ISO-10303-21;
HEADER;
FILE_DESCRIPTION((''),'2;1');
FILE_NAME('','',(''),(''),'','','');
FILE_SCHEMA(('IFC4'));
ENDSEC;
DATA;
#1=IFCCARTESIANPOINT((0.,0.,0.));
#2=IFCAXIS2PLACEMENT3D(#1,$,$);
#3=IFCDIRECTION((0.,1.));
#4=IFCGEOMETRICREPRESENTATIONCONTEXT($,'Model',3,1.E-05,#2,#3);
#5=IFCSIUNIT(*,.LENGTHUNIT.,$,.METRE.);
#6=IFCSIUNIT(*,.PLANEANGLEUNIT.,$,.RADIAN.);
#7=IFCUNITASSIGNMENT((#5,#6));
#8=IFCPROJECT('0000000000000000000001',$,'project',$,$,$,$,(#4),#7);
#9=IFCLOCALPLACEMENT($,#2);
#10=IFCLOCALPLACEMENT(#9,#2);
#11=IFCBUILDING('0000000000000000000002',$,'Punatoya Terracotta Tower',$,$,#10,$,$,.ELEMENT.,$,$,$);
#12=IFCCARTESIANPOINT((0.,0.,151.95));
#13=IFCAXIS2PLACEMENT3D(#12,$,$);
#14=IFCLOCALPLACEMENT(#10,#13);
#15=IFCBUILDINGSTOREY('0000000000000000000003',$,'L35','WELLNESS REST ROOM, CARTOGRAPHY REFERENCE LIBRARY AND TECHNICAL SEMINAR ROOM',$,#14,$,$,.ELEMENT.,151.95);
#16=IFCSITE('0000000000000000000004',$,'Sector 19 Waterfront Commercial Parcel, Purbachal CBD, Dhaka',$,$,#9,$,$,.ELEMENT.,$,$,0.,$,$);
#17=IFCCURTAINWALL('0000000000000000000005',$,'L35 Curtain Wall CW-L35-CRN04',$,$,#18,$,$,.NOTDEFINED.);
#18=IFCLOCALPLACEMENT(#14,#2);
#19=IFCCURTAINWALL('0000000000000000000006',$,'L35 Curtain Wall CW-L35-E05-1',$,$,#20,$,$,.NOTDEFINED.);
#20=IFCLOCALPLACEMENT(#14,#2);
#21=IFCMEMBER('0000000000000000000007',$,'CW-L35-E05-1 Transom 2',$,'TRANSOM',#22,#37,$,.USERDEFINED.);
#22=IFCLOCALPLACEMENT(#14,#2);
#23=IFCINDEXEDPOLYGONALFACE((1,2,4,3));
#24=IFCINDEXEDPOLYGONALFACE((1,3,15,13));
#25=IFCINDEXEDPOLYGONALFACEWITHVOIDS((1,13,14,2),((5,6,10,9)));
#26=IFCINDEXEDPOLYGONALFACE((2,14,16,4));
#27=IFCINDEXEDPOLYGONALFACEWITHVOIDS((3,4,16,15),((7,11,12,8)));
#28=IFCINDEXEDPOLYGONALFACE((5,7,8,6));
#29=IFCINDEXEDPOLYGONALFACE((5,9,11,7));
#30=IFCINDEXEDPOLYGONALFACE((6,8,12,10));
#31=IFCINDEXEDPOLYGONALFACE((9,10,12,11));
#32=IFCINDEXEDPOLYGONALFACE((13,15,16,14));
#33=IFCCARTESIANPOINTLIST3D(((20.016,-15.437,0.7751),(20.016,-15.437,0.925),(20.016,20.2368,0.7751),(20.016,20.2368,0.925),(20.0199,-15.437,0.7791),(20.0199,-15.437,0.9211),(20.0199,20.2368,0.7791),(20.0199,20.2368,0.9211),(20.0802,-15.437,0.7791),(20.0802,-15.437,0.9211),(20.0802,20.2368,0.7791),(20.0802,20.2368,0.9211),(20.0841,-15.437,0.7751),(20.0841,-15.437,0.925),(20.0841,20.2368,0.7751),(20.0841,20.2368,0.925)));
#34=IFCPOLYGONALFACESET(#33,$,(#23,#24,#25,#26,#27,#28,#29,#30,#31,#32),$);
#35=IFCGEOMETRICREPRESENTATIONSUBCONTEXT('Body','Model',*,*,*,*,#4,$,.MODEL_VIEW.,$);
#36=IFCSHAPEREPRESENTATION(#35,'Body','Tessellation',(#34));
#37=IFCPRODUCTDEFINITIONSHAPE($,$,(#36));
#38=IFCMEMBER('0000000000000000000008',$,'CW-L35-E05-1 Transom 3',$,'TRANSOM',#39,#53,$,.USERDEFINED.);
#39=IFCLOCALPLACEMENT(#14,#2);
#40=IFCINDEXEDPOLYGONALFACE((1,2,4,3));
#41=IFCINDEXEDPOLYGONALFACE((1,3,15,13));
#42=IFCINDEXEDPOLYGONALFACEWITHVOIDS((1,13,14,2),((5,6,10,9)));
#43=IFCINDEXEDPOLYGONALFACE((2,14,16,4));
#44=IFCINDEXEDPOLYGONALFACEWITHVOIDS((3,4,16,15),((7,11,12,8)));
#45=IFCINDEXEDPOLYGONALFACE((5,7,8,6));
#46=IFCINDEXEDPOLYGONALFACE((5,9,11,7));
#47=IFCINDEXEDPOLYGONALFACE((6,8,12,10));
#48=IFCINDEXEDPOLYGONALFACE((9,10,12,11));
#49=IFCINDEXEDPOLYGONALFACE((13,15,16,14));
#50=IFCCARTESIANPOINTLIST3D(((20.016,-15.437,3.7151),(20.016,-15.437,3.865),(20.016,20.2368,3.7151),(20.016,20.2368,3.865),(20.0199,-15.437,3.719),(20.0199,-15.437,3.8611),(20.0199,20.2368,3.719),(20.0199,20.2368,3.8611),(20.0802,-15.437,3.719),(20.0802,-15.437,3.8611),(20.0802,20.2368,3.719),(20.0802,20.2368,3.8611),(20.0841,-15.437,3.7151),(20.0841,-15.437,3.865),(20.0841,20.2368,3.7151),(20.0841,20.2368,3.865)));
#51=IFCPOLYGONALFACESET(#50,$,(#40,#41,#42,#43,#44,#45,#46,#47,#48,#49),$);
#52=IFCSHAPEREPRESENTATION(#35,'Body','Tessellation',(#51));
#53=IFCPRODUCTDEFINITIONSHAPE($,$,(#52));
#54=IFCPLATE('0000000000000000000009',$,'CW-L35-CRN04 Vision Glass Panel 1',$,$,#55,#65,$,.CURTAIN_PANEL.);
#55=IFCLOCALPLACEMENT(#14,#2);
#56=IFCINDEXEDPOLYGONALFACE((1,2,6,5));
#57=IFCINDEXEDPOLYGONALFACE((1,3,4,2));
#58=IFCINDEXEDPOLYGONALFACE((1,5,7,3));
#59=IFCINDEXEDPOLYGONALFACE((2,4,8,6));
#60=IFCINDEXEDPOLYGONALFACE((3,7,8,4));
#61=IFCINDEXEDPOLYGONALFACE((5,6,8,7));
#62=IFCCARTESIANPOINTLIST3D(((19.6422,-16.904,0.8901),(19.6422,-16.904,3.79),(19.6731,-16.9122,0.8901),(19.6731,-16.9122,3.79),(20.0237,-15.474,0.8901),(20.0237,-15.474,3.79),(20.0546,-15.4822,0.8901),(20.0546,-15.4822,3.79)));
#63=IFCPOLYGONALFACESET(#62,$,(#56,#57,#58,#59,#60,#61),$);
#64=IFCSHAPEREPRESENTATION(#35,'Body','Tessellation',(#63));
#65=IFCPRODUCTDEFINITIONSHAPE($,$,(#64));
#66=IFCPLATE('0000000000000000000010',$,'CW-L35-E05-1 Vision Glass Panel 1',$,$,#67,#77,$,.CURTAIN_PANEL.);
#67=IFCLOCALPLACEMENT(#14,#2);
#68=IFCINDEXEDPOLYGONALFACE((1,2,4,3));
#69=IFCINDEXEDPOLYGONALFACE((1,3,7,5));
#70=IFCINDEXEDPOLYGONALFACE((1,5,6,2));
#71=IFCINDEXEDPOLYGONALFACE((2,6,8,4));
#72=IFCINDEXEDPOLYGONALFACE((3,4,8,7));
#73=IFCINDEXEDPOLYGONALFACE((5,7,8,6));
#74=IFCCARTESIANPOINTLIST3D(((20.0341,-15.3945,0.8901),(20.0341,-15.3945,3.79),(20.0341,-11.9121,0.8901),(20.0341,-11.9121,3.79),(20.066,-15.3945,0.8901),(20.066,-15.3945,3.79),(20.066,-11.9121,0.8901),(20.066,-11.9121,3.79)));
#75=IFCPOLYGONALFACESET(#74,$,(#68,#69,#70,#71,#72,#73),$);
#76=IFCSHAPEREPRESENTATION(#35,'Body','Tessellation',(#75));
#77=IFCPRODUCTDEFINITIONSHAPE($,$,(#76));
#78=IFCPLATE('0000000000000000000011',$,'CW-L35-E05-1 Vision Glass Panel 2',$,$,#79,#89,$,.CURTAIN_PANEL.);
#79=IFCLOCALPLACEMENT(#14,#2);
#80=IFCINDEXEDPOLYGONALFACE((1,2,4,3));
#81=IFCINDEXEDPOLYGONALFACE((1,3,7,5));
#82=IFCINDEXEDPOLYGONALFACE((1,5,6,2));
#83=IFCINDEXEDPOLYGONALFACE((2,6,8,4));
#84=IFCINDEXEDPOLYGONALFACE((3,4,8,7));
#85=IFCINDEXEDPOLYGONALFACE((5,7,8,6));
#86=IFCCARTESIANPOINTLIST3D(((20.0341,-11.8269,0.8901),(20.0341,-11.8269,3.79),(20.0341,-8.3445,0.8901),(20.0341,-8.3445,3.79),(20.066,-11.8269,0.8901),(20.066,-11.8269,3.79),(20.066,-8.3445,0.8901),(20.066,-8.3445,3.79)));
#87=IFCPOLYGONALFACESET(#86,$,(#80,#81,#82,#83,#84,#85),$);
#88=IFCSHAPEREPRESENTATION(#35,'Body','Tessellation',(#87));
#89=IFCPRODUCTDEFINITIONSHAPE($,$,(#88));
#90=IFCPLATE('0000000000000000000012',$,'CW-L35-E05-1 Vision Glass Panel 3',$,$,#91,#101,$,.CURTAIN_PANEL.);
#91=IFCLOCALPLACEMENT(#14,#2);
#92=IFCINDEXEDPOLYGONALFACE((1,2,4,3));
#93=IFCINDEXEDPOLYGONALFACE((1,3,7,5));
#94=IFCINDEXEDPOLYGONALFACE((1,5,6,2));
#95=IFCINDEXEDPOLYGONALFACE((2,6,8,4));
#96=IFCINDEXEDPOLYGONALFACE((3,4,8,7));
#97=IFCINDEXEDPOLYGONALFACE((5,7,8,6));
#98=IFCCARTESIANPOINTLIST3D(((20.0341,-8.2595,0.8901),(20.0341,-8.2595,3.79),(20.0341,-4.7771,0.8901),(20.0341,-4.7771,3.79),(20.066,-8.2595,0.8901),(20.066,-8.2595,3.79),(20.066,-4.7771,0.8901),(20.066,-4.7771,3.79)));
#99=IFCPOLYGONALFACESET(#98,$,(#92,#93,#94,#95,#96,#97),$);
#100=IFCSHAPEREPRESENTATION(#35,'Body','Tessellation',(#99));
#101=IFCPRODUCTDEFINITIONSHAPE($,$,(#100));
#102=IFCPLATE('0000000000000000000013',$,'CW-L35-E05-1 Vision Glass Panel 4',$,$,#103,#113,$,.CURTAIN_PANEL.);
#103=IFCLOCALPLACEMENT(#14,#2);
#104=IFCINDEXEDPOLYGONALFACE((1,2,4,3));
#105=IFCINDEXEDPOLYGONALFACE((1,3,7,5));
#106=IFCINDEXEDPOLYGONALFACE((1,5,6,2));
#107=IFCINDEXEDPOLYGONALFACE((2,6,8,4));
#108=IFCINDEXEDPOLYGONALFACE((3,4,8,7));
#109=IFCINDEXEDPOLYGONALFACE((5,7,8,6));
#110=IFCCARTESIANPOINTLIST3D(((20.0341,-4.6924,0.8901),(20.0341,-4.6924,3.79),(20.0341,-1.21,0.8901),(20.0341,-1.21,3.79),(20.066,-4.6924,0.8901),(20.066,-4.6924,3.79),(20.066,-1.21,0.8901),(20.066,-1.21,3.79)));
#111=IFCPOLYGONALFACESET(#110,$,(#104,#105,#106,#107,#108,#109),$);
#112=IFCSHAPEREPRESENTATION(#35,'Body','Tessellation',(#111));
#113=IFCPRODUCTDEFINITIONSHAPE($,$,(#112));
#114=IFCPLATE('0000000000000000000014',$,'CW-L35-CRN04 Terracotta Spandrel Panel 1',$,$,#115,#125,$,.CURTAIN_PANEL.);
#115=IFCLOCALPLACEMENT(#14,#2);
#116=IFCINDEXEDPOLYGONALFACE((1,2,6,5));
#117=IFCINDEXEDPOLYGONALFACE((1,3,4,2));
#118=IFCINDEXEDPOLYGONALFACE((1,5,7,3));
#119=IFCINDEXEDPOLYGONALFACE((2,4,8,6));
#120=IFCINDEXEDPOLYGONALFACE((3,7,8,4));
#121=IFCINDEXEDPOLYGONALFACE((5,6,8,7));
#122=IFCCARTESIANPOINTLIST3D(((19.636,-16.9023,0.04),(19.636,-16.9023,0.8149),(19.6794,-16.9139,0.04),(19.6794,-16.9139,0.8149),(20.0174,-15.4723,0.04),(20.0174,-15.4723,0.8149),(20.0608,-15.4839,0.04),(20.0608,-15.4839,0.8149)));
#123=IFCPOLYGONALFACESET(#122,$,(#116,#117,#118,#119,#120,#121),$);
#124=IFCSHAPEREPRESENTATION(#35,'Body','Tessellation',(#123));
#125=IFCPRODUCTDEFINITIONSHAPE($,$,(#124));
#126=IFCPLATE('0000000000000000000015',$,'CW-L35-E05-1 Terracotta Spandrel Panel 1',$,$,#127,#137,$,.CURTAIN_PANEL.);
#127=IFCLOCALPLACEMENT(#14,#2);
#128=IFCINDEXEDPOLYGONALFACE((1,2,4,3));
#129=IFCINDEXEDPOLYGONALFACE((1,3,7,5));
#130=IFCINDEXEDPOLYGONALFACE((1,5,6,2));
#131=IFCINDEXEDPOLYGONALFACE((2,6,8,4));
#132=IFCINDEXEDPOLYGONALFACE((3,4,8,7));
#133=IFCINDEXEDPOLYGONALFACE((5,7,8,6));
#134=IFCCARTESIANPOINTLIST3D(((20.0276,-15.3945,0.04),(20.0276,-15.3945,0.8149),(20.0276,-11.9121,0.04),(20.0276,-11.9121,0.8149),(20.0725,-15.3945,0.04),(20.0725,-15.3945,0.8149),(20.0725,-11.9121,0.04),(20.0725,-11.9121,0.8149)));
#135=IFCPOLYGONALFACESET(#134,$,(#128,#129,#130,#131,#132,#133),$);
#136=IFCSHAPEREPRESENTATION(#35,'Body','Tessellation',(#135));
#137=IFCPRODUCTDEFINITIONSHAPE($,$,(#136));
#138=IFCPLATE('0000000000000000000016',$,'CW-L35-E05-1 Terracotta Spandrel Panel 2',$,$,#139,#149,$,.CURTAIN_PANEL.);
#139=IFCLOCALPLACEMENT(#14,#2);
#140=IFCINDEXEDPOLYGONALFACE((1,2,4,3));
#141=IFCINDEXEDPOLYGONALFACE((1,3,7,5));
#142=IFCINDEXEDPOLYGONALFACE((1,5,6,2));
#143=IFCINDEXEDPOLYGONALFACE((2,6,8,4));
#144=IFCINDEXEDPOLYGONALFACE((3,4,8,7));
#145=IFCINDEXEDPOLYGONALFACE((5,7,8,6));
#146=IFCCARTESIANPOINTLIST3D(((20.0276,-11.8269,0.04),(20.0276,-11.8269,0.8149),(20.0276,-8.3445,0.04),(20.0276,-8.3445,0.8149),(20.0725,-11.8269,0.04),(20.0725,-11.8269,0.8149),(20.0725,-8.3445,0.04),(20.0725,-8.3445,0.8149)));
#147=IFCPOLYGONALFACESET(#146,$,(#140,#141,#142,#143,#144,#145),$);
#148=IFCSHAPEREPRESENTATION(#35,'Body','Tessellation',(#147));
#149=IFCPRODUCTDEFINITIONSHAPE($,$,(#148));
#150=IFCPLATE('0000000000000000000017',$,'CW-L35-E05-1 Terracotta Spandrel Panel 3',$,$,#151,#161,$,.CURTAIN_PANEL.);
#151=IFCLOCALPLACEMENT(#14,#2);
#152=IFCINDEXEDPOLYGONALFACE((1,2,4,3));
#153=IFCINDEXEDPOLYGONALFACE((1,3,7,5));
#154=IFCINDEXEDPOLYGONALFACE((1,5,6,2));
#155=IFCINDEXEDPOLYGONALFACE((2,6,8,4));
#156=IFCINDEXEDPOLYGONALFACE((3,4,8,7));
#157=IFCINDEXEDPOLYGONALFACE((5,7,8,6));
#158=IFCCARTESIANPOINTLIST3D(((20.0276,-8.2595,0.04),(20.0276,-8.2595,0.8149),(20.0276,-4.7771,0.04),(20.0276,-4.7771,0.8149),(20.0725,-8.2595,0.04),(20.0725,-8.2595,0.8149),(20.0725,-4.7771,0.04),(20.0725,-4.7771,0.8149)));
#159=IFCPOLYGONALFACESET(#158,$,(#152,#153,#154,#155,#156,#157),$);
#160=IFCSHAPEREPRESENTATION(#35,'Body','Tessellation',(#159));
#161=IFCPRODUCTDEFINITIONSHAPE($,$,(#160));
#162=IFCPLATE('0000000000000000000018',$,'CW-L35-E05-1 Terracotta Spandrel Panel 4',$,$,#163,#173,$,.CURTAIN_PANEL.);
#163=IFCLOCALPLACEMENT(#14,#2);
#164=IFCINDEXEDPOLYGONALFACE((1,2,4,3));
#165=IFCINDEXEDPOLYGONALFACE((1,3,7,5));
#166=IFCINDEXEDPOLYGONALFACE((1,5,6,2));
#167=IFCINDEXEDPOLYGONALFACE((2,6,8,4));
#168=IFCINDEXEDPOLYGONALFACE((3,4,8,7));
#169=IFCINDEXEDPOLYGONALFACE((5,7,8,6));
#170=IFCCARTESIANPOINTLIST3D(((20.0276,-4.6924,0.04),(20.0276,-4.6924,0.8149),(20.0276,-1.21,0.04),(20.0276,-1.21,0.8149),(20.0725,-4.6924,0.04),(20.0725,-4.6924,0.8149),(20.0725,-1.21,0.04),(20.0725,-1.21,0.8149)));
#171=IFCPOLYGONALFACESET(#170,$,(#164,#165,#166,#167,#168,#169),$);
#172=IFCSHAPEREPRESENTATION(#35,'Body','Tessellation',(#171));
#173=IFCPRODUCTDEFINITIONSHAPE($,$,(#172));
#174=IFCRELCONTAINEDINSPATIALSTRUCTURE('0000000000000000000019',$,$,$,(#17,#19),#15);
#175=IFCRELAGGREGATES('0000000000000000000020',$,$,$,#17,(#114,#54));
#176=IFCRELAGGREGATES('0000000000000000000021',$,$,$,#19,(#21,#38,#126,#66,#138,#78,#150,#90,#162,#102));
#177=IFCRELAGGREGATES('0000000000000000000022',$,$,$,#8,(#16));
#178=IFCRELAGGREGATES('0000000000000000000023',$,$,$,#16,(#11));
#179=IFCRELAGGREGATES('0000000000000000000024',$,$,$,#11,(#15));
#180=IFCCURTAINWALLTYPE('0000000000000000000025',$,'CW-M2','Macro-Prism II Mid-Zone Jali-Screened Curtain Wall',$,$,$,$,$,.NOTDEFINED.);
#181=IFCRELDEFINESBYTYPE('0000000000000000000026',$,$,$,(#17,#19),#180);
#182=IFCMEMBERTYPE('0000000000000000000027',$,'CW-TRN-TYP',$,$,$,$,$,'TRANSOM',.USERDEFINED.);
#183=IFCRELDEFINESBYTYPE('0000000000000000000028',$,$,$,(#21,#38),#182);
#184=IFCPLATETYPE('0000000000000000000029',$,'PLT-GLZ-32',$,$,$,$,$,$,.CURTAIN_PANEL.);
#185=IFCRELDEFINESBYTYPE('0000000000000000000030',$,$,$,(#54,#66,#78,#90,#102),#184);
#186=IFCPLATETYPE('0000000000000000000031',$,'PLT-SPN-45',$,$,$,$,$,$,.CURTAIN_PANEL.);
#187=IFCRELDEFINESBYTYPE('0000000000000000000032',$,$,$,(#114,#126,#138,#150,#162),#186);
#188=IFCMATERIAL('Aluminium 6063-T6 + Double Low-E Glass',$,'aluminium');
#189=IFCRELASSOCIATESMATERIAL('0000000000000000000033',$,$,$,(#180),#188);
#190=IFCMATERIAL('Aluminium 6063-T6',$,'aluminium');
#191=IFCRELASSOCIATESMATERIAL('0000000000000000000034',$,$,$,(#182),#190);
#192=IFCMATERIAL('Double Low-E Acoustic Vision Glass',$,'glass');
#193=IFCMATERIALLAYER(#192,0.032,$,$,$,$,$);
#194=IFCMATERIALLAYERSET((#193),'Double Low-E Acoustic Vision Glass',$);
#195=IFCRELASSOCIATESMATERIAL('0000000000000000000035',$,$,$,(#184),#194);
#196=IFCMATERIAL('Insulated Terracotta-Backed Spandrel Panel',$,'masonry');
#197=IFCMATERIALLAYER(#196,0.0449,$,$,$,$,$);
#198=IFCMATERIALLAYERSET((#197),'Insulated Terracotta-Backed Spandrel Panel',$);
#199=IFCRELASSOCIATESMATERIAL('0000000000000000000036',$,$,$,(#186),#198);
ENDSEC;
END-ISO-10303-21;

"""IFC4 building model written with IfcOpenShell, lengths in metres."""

from ifc_helpers import new_model, si_unit, direction, frame, origin, origin_2d, place, context, subcontext, project, spatial, rectangle, hollow_rectangle, extrude, material, layer, layer_set, material_profile, profile_set, type_object, element, aggregate, save


model = new_model("IFC4")

# Units and contexts
model_context = context("Model", 3, precision=1e-05, world=origin(), true_north=direction((0.0, 1.0)))
body_context = subcontext(model_context, "Body", "Model", "MODEL_VIEW")
ifc_project = project(units=[si_unit("LENGTHUNIT", "METRE"), si_unit("PLANEANGLEUNIT", "RADIAN")], contexts=[model_context])

# Site, building, storey
site_placement = place(None, origin())
site = spatial("IfcSite", under=ifc_project, at=site_placement, Name="Sector 19 Waterfront Commercial Parcel, Purbachal CBD, Dhaka", CompositionType="ELEMENT", RefElevation=0.0)
building_placement = place(site_placement, origin())
building = spatial("IfcBuilding", under=site, at=building_placement, Name="Punatoya Terracotta Tower", CompositionType="ELEMENT")
storey_placement = place(building_placement, frame((0.0, 0.0, 151.95)))
storey = spatial("IfcBuildingStorey", under=building, at=storey_placement, Name="L35", Description="WELLNESS REST ROOM, CARTOGRAPHY REFERENCE LIBRARY AND TECHNICAL SEMINAR ROOM", CompositionType="ELEMENT", Elevation=151.95)

# Curtain wall
ifc_material_1 = material(Name="Aluminium 6063-T6 + Double Low-E Glass", Category="aluminium")
curtain_wall_type = type_object("IfcCurtainWallType", Name="CW-M2", Description="Macro-Prism II Mid-Zone Jali-Screened Curtain Wall", PredefinedType="NOTDEFINED", material=ifc_material_1)
curtain_wall_1_placement = place(storey_placement, origin())
curtain_wall_1 = element("IfcCurtainWall", 1, at=curtain_wall_1_placement, inside=storey, type_object=curtain_wall_type, Name="L35 Curtain Wall CW-L35-CRN04", PredefinedType="NOTDEFINED")
ifc_material_2 = material(Name="Aluminium 6063-T6", Category="aluminium")

# Curtain wall, members
curtain_wall_2_placement = place(storey_placement, origin())
curtain_wall_2 = element("IfcCurtainWall", 2, at=curtain_wall_2_placement, inside=storey, type_object=curtain_wall_type, Name="L35 Curtain Wall CW-L35-E05-1", PredefinedType="NOTDEFINED")
ifc_material_profile_1 = material_profile(ifc_material_2, hollow_rectangle(XDim=0.0681, YDim=0.1499, WallThickness=0.0039, at=origin_2d()))
ifc_profile_set_1 = profile_set([ifc_material_profile_1], Name="Aluminium 6063-T6")
member_type_1 = type_object("IfcMemberType", Name="CW-TRN-TYP", ElementType="TRANSOM", PredefinedType="USERDEFINED", material=ifc_profile_set_1)
member_1_placement = place(storey_placement, frame((20.05, -15.437, 0.8501), z_axis=(0.0, 1.0, 0.0), x_axis=(-1.0, 0.0, 0.0)))
member_1 = element("IfcMember", 3, at=member_1_placement, type_object=member_type_1, Name="CW-L35-E05-1 Transom 2", ObjectType="TRANSOM", PredefinedType="USERDEFINED", context=body_context, shape_type="SweptSolid", body=[
    extrude(hollow_rectangle(XDim=0.0681, YDim=0.1499, WallThickness=0.0039, at=origin_2d()), origin(), (0.0, 0.0, 1.0), 35.6738),
])
member_2_placement = place(storey_placement, frame((20.05, -15.437, 3.79), z_axis=(0.0, 1.0, 0.0), x_axis=(-1.0, 0.0, 0.0)))
member_2 = element("IfcMember", 4, at=member_2_placement, type_object=member_type_1, Name="CW-L35-E05-1 Transom 3", ObjectType="TRANSOM", PredefinedType="USERDEFINED", context=body_context, shape_type="SweptSolid", body=[
    extrude(hollow_rectangle(XDim=0.0681, YDim=0.1499, WallThickness=0.0039, at=origin_2d()), origin(), (0.0, 0.0, 1.0), 35.6738),
])

# Plates
ifc_material_3 = material(Name="Double Low-E Acoustic Vision Glass", Category="glass")
ifc_layer_1 = layer(ifc_material_3, 0.032)
ifc_layer_set_1 = layer_set([ifc_layer_1], Name="Double Low-E Acoustic Vision Glass")
plate_type_1 = type_object("IfcPlateType", Name="PLT-GLZ-32", PredefinedType="CURTAIN_PANEL", material=ifc_layer_set_1)
plate_1_placement = place(storey_placement, frame((19.8484, -16.1931, 0.8901), z_axis=(0.0, 0.0, 1.0), x_axis=(0.257742, 0.966214, 0.0)))
plate_1 = element("IfcPlate", 5, at=plate_1_placement, type_object=plate_type_1, Name="CW-L35-CRN04 Vision Glass Panel 1", PredefinedType="CURTAIN_PANEL", context=body_context, shape_type="SweptSolid", body=[
    extrude(rectangle(XDim=1.48, YDim=0.032, at=origin_2d()), origin(), (0.0, 0.0, 1.0), 2.8999),
])
plate_2_placement = place(storey_placement, frame((20.05, -13.6533, 0.8901), z_axis=(0.0, 0.0, 1.0), x_axis=(0.0, 1.0, 0.0)))
plate_2 = element("IfcPlate", 6, at=plate_2_placement, type_object=plate_type_1, Name="CW-L35-E05-1 Vision Glass Panel 1", PredefinedType="CURTAIN_PANEL", context=body_context, shape_type="SweptSolid", body=[
    extrude(rectangle(XDim=3.4824, YDim=0.032, at=origin_2d()), origin(), (0.0, 0.0, 1.0), 2.8999),
])
plate_3_placement = place(storey_placement, frame((20.05, -10.0857, 0.8901), z_axis=(0.0, 0.0, 1.0), x_axis=(0.0, 1.0, 0.0)))
plate_3 = element("IfcPlate", 7, at=plate_3_placement, type_object=plate_type_1, Name="CW-L35-E05-1 Vision Glass Panel 2", PredefinedType="CURTAIN_PANEL", context=body_context, shape_type="SweptSolid", body=[
    extrude(rectangle(XDim=3.4824, YDim=0.032, at=origin_2d()), origin(), (0.0, 0.0, 1.0), 2.8999),
])
plate_4_placement = place(storey_placement, frame((20.05, -6.5183, 0.8901), z_axis=(0.0, 0.0, 1.0), x_axis=(0.0, 1.0, 0.0)))
plate_4 = element("IfcPlate", 8, at=plate_4_placement, type_object=plate_type_1, Name="CW-L35-E05-1 Vision Glass Panel 3", PredefinedType="CURTAIN_PANEL", context=body_context, shape_type="SweptSolid", body=[
    extrude(rectangle(XDim=3.4824, YDim=0.032, at=origin_2d()), origin(), (0.0, 0.0, 1.0), 2.8999),
])
plate_5_placement = place(storey_placement, frame((20.05, -2.9512, 0.8901), z_axis=(0.0, 0.0, 1.0), x_axis=(0.0, 1.0, 0.0)))
plate_5 = element("IfcPlate", 9, at=plate_5_placement, type_object=plate_type_1, Name="CW-L35-E05-1 Vision Glass Panel 4", PredefinedType="CURTAIN_PANEL", context=body_context, shape_type="SweptSolid", body=[
    extrude(rectangle(XDim=3.4824, YDim=0.032, at=origin_2d()), origin(), (0.0, 0.0, 1.0), 2.8999),
])
ifc_material_4 = material(Name="Insulated Terracotta-Backed Spandrel Panel", Category="masonry")
ifc_layer_2 = layer(ifc_material_4, 0.0449)
ifc_layer_set_2 = layer_set([ifc_layer_2], Name="Insulated Terracotta-Backed Spandrel Panel")
plate_type_2 = type_object("IfcPlateType", Name="PLT-SPN-45", PredefinedType="CURTAIN_PANEL", material=ifc_layer_set_2)
plate_6_placement = place(storey_placement, frame((19.8484, -16.1931, 0.04), z_axis=(0.0, 0.0, 1.0), x_axis=(0.257742, 0.966214, 0.0)))
plate_6 = element("IfcPlate", 10, at=plate_6_placement, type_object=plate_type_2, Name="CW-L35-CRN04 Terracotta Spandrel Panel 1", PredefinedType="CURTAIN_PANEL", context=body_context, shape_type="SweptSolid", body=[
    extrude(rectangle(XDim=1.48, YDim=0.0449, at=origin_2d()), origin(), (0.0, 0.0, 1.0), 0.7749),
])
aggregate(curtain_wall_1, [plate_6, plate_1])
plate_7_placement = place(storey_placement, frame((20.05, -13.6533, 0.04), z_axis=(0.0, 0.0, 1.0), x_axis=(0.0, 1.0, 0.0)))
plate_7 = element("IfcPlate", 11, at=plate_7_placement, type_object=plate_type_2, Name="CW-L35-E05-1 Terracotta Spandrel Panel 1", PredefinedType="CURTAIN_PANEL", context=body_context, shape_type="SweptSolid", body=[
    extrude(rectangle(XDim=3.4824, YDim=0.0449, at=origin_2d()), origin(), (0.0, 0.0, 1.0), 0.7749),
])
plate_8_placement = place(storey_placement, frame((20.05, -10.0857, 0.04), z_axis=(0.0, 0.0, 1.0), x_axis=(0.0, 1.0, 0.0)))
plate_8 = element("IfcPlate", 12, at=plate_8_placement, type_object=plate_type_2, Name="CW-L35-E05-1 Terracotta Spandrel Panel 2", PredefinedType="CURTAIN_PANEL", context=body_context, shape_type="SweptSolid", body=[
    extrude(rectangle(XDim=3.4824, YDim=0.0449, at=origin_2d()), origin(), (0.0, 0.0, 1.0), 0.7749),
])
plate_9_placement = place(storey_placement, frame((20.05, -6.5183, 0.04), z_axis=(0.0, 0.0, 1.0), x_axis=(0.0, 1.0, 0.0)))
plate_9 = element("IfcPlate", 13, at=plate_9_placement, type_object=plate_type_2, Name="CW-L35-E05-1 Terracotta Spandrel Panel 3", PredefinedType="CURTAIN_PANEL", context=body_context, shape_type="SweptSolid", body=[
    extrude(rectangle(XDim=3.4824, YDim=0.0449, at=origin_2d()), origin(), (0.0, 0.0, 1.0), 0.7749),
])
plate_10_placement = place(storey_placement, frame((20.05, -2.9512, 0.04), z_axis=(0.0, 0.0, 1.0), x_axis=(0.0, 1.0, 0.0)))
plate_10 = element("IfcPlate", 14, at=plate_10_placement, type_object=plate_type_2, Name="CW-L35-E05-1 Terracotta Spandrel Panel 4", PredefinedType="CURTAIN_PANEL", context=body_context, shape_type="SweptSolid", body=[
    extrude(rectangle(XDim=3.4824, YDim=0.0449, at=origin_2d()), origin(), (0.0, 0.0, 1.0), 0.7749),
])
aggregate(curtain_wall_2, [member_1, member_2, plate_7, plate_2, plate_8, plate_3, plate_9, plate_4, plate_10, plate_5])

save(model, "model.ifc")
